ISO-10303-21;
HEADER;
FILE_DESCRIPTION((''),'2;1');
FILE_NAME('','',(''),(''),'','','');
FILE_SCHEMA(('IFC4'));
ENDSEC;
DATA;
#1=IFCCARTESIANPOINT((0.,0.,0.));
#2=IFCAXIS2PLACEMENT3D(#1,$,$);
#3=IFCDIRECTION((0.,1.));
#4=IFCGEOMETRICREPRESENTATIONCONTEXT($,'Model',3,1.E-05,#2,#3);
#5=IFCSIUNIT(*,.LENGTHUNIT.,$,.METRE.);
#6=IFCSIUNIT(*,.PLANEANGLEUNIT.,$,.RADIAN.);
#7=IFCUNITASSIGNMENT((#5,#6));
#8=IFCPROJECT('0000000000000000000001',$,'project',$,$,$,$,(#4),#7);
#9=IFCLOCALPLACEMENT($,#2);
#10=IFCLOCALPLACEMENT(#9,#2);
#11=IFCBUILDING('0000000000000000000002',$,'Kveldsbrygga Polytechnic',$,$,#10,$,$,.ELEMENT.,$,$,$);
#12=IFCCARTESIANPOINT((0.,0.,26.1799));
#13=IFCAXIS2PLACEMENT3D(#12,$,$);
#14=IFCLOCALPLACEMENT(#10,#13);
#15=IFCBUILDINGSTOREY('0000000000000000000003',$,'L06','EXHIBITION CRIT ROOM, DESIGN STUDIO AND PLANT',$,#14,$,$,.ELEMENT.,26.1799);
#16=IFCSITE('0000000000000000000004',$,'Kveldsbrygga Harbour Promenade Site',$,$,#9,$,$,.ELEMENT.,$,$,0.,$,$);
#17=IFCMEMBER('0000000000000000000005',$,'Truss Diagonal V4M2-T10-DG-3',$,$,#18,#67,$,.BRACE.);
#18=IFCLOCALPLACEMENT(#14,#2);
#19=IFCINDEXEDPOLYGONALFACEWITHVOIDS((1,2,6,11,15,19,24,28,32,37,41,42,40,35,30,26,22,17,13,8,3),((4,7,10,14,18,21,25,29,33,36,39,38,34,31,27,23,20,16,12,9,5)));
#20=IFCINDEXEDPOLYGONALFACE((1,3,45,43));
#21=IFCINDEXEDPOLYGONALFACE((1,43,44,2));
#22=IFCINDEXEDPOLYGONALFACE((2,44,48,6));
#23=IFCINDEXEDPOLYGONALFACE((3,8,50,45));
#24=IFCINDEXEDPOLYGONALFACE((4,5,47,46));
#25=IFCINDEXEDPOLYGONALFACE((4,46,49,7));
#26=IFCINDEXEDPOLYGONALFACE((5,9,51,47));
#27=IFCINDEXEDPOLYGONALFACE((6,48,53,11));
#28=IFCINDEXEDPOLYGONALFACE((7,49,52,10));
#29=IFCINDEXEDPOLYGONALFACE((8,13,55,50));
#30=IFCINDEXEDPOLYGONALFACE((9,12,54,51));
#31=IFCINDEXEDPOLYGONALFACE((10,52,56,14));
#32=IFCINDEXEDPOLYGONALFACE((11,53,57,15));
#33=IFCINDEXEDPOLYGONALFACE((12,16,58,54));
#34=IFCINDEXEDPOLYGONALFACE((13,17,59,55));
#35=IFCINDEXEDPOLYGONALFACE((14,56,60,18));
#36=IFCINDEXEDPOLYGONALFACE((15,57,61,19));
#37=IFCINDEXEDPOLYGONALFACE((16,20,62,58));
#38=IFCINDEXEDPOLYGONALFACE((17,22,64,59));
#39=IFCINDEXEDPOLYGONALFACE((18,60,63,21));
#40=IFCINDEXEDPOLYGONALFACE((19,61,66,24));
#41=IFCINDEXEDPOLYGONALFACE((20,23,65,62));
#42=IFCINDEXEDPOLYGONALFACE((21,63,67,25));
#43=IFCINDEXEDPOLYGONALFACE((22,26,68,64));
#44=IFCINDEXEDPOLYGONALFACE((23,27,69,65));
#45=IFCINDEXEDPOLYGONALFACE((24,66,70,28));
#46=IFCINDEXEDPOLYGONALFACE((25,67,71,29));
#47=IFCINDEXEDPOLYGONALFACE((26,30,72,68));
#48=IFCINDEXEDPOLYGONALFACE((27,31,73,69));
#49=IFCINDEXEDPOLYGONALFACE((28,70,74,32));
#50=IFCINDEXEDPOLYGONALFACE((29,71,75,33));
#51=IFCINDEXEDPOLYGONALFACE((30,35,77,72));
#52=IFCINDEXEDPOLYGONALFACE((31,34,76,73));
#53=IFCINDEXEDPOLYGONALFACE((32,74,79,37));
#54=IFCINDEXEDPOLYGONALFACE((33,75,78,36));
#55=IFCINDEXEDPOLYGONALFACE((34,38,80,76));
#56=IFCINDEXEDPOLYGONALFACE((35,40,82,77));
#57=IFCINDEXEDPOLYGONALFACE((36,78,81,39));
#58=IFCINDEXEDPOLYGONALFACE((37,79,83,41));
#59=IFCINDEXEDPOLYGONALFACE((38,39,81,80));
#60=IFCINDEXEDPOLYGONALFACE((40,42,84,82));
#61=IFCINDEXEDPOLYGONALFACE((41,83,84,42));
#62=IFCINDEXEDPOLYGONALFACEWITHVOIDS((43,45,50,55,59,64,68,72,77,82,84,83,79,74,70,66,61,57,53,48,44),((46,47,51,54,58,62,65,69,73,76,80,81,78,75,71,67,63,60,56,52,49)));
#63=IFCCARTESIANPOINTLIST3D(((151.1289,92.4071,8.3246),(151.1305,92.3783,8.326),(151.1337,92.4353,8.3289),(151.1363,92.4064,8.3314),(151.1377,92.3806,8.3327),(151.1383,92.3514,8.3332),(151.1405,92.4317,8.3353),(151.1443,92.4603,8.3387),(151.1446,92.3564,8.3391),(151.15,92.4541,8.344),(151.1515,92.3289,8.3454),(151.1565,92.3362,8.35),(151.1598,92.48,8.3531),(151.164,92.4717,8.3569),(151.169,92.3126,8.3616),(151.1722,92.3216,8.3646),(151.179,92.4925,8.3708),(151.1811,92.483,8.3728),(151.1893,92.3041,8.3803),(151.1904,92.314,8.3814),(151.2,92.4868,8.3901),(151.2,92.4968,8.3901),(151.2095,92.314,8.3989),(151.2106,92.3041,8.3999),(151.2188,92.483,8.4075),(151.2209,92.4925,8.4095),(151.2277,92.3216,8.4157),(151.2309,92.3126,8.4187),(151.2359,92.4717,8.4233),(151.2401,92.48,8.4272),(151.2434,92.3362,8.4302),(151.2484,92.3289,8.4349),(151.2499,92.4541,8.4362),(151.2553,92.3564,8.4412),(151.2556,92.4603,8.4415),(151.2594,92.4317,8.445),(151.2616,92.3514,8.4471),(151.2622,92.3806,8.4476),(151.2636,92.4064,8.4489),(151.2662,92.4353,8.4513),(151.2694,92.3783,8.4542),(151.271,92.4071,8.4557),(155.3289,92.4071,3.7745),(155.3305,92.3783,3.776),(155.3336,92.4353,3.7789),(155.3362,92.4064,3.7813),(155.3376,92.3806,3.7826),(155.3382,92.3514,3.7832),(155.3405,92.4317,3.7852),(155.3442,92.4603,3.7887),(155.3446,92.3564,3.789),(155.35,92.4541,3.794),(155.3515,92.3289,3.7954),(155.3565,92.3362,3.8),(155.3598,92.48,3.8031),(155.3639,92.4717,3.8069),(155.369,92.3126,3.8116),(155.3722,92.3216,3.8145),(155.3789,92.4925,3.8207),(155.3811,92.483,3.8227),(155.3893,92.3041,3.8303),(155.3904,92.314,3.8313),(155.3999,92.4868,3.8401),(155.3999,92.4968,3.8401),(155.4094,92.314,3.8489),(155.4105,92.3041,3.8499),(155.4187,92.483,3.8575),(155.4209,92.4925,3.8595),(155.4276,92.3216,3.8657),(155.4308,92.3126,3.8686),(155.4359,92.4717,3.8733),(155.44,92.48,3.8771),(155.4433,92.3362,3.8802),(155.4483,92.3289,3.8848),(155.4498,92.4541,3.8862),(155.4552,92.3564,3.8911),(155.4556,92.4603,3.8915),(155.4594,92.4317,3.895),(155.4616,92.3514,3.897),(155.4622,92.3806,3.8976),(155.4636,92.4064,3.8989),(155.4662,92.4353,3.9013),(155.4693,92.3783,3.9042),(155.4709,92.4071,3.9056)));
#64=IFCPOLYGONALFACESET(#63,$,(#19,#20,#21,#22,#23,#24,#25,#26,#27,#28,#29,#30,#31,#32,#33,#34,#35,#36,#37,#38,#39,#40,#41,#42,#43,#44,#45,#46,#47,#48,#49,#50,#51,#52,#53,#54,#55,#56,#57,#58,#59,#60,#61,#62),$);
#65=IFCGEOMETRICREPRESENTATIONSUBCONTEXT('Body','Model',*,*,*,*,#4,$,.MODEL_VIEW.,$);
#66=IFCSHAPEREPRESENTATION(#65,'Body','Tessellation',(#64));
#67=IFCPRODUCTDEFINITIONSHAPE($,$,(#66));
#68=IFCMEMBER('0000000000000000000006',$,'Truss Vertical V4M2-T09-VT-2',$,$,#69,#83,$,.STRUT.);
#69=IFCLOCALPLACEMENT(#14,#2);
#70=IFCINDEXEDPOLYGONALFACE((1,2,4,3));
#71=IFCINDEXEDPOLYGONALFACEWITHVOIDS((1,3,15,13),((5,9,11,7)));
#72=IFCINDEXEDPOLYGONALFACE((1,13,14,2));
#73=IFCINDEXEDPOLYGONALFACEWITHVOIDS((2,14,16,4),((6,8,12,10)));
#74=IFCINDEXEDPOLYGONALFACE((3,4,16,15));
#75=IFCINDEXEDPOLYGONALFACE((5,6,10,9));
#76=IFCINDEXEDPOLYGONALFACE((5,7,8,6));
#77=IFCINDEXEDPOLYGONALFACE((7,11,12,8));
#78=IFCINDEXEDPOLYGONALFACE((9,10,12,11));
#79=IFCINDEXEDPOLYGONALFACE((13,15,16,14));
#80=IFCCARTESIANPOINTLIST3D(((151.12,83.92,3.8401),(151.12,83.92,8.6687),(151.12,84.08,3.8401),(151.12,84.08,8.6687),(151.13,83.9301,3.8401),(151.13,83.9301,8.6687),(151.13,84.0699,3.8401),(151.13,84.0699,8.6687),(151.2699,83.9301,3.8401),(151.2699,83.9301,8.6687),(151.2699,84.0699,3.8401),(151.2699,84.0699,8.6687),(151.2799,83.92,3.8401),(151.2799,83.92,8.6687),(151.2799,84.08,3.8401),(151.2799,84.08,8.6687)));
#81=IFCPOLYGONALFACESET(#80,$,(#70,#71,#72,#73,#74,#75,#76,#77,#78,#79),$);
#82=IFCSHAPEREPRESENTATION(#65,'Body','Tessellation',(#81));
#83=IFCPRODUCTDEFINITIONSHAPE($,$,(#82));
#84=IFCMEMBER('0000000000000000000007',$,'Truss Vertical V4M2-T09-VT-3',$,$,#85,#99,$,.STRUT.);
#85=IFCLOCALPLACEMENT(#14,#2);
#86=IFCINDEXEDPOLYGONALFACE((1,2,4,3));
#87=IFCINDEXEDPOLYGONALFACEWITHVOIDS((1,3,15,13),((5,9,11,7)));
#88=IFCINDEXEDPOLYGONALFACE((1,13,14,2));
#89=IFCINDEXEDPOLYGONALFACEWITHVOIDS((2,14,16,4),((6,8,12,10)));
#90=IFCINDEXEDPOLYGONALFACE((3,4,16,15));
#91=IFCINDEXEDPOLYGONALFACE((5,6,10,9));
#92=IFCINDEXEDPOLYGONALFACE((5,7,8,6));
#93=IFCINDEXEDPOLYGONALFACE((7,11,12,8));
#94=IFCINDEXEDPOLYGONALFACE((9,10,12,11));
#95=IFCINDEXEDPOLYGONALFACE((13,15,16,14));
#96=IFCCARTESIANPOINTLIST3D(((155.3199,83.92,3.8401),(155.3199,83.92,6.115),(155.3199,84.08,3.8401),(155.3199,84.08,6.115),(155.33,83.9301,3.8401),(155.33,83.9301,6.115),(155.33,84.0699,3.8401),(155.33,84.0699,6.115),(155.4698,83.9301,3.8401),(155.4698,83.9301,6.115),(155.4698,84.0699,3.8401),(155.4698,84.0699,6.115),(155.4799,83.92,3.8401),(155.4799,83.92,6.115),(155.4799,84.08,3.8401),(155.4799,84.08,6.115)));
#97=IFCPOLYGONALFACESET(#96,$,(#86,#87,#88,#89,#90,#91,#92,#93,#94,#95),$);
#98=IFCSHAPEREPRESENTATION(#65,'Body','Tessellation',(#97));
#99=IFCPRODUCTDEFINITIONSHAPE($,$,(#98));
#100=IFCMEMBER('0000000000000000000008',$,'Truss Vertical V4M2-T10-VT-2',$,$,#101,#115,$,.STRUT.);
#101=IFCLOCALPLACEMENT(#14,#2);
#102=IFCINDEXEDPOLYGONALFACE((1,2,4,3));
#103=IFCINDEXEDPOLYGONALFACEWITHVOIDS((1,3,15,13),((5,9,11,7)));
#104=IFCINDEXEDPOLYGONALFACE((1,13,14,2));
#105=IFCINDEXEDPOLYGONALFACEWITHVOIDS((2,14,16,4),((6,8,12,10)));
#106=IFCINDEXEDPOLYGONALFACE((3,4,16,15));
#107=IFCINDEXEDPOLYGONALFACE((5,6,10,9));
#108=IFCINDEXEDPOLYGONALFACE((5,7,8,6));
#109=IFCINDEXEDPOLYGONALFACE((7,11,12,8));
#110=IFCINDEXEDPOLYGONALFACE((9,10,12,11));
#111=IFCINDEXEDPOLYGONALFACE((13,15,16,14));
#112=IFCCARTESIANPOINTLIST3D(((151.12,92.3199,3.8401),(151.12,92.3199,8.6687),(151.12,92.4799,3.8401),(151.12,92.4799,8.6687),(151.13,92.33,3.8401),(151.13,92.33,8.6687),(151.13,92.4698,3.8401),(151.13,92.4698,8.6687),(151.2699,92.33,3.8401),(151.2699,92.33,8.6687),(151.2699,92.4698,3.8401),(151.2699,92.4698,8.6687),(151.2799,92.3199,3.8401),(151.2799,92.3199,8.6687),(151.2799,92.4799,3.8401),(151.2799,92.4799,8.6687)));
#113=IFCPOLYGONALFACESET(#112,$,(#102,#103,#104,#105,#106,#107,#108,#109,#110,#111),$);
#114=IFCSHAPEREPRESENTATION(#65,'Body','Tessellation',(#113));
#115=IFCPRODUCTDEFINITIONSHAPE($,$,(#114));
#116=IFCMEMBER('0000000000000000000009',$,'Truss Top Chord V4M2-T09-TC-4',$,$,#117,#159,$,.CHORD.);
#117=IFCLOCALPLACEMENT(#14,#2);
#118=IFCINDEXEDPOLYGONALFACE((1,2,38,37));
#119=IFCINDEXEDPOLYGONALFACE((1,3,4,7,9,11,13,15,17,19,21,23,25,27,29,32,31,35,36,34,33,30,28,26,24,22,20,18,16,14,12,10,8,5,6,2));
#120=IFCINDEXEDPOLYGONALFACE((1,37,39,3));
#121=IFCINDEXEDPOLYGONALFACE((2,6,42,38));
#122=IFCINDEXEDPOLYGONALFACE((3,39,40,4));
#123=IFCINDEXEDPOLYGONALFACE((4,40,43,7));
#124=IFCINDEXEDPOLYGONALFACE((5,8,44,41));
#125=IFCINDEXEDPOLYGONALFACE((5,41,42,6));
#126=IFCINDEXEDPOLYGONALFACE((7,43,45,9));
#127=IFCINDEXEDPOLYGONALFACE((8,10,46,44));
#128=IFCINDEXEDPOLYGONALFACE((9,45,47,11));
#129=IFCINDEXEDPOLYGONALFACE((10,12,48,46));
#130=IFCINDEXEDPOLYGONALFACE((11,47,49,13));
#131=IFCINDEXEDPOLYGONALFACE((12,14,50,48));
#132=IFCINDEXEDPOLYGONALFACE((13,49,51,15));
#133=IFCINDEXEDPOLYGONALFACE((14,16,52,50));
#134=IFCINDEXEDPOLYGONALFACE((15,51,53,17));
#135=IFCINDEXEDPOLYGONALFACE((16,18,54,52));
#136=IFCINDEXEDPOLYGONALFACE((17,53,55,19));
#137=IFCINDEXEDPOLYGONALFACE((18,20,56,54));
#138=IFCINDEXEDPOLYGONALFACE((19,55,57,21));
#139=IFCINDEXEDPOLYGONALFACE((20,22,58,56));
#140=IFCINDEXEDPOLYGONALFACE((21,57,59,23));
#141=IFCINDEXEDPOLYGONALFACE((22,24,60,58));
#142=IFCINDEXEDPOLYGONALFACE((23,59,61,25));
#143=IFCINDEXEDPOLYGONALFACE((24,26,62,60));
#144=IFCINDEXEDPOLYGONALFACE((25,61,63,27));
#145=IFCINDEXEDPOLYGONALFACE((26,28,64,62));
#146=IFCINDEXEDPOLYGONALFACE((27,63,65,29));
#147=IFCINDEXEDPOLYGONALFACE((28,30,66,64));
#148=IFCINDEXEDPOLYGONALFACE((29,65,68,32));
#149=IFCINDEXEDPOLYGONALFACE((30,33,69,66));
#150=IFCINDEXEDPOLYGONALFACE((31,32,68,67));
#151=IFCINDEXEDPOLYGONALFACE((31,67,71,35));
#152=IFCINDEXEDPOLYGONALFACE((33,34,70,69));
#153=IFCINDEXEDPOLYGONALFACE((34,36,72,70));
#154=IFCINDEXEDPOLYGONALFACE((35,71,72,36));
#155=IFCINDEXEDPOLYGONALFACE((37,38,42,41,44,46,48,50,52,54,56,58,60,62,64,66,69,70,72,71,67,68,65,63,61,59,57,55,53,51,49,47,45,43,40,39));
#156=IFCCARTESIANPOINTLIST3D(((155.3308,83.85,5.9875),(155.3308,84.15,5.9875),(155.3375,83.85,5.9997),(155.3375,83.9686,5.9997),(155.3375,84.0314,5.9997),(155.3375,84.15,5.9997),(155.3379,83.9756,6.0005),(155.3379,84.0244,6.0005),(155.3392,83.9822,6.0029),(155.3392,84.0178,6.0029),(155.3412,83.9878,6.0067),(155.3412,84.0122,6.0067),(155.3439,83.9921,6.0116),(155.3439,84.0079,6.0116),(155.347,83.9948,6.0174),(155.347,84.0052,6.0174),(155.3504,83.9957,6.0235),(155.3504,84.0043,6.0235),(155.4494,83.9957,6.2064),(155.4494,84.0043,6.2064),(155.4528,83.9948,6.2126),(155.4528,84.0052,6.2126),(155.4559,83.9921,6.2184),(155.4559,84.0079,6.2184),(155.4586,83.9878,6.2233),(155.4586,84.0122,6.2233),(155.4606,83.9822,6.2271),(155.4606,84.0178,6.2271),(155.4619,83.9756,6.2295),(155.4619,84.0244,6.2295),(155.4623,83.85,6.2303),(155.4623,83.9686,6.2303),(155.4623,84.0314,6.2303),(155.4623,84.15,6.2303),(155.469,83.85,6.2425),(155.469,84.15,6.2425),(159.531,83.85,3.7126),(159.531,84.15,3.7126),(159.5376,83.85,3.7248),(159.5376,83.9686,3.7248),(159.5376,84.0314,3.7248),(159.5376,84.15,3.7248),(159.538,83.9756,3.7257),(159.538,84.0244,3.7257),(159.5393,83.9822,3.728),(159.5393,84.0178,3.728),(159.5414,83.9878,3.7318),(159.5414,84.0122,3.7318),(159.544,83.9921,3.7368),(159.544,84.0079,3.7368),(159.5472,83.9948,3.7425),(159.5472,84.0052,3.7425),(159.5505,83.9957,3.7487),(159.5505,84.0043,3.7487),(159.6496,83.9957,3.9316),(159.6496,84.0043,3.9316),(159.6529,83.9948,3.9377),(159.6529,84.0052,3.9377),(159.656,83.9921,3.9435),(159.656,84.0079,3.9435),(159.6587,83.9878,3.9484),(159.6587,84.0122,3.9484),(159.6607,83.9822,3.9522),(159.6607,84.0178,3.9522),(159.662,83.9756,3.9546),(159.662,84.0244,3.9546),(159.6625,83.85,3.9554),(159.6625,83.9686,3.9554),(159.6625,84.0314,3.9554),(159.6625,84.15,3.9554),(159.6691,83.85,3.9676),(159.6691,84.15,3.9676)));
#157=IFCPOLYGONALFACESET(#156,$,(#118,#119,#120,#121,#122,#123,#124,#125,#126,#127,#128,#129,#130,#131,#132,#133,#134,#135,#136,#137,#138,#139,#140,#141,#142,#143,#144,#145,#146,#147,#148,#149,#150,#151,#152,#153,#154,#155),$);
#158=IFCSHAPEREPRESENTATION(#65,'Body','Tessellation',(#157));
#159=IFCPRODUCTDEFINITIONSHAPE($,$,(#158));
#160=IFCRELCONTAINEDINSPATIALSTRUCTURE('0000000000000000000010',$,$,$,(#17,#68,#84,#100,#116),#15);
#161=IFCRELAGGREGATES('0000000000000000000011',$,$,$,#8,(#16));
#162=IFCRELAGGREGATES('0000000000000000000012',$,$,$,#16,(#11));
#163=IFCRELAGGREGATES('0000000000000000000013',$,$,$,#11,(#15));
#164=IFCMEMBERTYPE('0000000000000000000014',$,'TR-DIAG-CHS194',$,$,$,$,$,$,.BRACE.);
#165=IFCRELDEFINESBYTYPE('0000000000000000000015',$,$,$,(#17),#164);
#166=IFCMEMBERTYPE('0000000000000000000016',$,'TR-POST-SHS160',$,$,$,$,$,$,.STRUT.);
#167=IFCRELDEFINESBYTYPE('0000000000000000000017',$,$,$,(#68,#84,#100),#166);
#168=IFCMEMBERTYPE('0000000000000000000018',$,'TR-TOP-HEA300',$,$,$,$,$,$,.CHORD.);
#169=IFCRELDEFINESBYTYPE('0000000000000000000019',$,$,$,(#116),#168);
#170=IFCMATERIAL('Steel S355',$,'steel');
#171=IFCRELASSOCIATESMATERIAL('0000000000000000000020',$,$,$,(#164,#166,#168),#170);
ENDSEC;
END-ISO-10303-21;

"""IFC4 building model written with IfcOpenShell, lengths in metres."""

from ifc_helpers import new_model, si_unit, direction, frame, origin, origin_2d, place, context, subcontext, project, spatial, hollow_rectangle, hollow_circle, i_section, extrude, material, material_profile, profile_set, type_object, element, save


model = new_model("IFC4")

# Units and contexts
model_context = context("Model", 3, precision=1e-05, world=origin(), true_north=direction((0.0, 1.0)))
body_context = subcontext(model_context, "Body", "Model", "MODEL_VIEW")
ifc_project = project(units=[si_unit("LENGTHUNIT", "METRE"), si_unit("PLANEANGLEUNIT", "RADIAN")], contexts=[model_context])

# Site, building, storey
site_placement = place(None, origin())
site = spatial("IfcSite", under=ifc_project, at=site_placement, Name="Kveldsbrygga Harbour Promenade Site", CompositionType="ELEMENT", RefElevation=0.0)
building_placement = place(site_placement, origin())
building = spatial("IfcBuilding", under=site, at=building_placement, Name="Kveldsbrygga Polytechnic", CompositionType="ELEMENT")
storey_placement = place(building_placement, frame((0.0, 0.0, 26.1799)))
storey = spatial("IfcBuildingStorey", under=building, at=storey_placement, Name="L06", Description="EXHIBITION CRIT ROOM, DESIGN STUDIO AND PLANT", CompositionType="ELEMENT", Elevation=26.1799)

# Shared definitions
ifc_material_1 = material(Name="Steel S355", Category="steel")

# Members
ifc_material_profile_1 = material_profile(ifc_material_1, hollow_circle(Radius=0.0969, WallThickness=0.01, at=origin_2d()), Name="CHS 193.7x10.0")
ifc_profile_set_1 = profile_set([ifc_material_profile_1], Name="Steel S355")
member_type_1 = type_object("IfcMemberType", Name="TR-DIAG-CHS194", PredefinedType="BRACE", material=ifc_profile_set_1)
for number, where, z_axis, x_axis, name in (
    (1, (151.2, 92.3999, 8.3901), (0.678272, 0.0, -0.734811), (0.0, 1.0, 0.0), "Truss Diagonal V4M2-T10-DG-3"),
):
    element("IfcMember", number, at=place(storey_placement, frame(where, z_axis=z_axis, x_axis=x_axis)), inside=storey, type_object=member_type_1, Name=name, PredefinedType="BRACE", context=body_context, shape_type="SweptSolid", body=[
        extrude(hollow_circle(Radius=0.0969, WallThickness=0.01, at=origin_2d()), origin(), (0.0, 0.0, 1.0), 6.1921),
    ])
ifc_material_profile_2 = material_profile(ifc_material_1, hollow_rectangle(XDim=0.1599, YDim=0.1599, WallThickness=0.01, at=origin_2d()), Name="SHS 160x160x10.0")
ifc_profile_set_2 = profile_set([ifc_material_profile_2], Name="Steel S355")
member_type_2 = type_object("IfcMemberType", Name="TR-POST-SHS160", PredefinedType="STRUT", material=ifc_profile_set_2)
member_1_placement = place(storey_placement, frame((151.2, 84.0, 3.8401), z_axis=(0.0, 0.0, 1.0), x_axis=(1.0, 0.0, 0.0)))
element("IfcMember", 2, at=member_1_placement, inside=storey, type_object=member_type_2, Name="Truss Vertical V4M2-T09-VT-2", PredefinedType="STRUT", context=body_context, shape_type="SweptSolid", body=[
    extrude(hollow_rectangle(XDim=0.1599, YDim=0.1599, WallThickness=0.01, at=origin_2d()), origin(), (0.0, 0.0, 1.0), 4.8286),
])
member_2_placement = place(storey_placement, frame((155.3999, 84.0, 3.8401), z_axis=(0.0, 0.0, 1.0), x_axis=(1.0, 0.0, 0.0)))
element("IfcMember", 3, at=member_2_placement, inside=storey, type_object=member_type_2, Name="Truss Vertical V4M2-T09-VT-3", PredefinedType="STRUT", context=body_context, shape_type="SweptSolid", body=[
    extrude(hollow_rectangle(XDim=0.1599, YDim=0.1599, WallThickness=0.01, at=origin_2d()), origin(), (0.0, 0.0, 1.0), 2.2749),
])
member_3_placement = place(storey_placement, frame((151.2, 92.3999, 3.8401), z_axis=(0.0, 0.0, 1.0), x_axis=(1.0, 0.0, 0.0)))
element("IfcMember", 4, at=member_3_placement, inside=storey, type_object=member_type_2, Name="Truss Vertical V4M2-T10-VT-2", PredefinedType="STRUT", context=body_context, shape_type="SweptSolid", body=[
    extrude(hollow_rectangle(XDim=0.1599, YDim=0.1599, WallThickness=0.01, at=origin_2d()), origin(), (0.0, 0.0, 1.0), 4.8286),
])
ifc_material_profile_3 = material_profile(ifc_material_1, i_section(OverallWidth=0.3, OverallDepth=0.29, WebThickness=0.0085, FlangeThickness=0.0139, FilletRadius=0.0271, at=origin_2d()), Name="HEA 300")
ifc_profile_set_3 = profile_set([ifc_material_profile_3], Name="Steel S355")
member_type_3 = type_object("IfcMemberType", Name="TR-TOP-HEA300", PredefinedType="CHORD", material=ifc_profile_set_3)
for number, where, z_axis, x_axis, name in (
    (5, (155.3999, 84.0, 6.115), (0.87931, 0.0, -0.47625), (0.0, 1.0, 0.0), "Truss Top Chord V4M2-T09-TC-4"),
):
    element("IfcMember", number, at=place(storey_placement, frame(where, z_axis=z_axis, x_axis=x_axis)), inside=storey, type_object=member_type_3, Name=name, PredefinedType="CHORD", context=body_context, shape_type="SweptSolid", body=[
        extrude(i_section(OverallWidth=0.3, OverallDepth=0.29, WebThickness=0.0085, FlangeThickness=0.0139, FilletRadius=0.0271, at=origin_2d()), origin(), (0.0, 0.0, 1.0), 4.7766),
    ])

save(model, "model.ifc")
